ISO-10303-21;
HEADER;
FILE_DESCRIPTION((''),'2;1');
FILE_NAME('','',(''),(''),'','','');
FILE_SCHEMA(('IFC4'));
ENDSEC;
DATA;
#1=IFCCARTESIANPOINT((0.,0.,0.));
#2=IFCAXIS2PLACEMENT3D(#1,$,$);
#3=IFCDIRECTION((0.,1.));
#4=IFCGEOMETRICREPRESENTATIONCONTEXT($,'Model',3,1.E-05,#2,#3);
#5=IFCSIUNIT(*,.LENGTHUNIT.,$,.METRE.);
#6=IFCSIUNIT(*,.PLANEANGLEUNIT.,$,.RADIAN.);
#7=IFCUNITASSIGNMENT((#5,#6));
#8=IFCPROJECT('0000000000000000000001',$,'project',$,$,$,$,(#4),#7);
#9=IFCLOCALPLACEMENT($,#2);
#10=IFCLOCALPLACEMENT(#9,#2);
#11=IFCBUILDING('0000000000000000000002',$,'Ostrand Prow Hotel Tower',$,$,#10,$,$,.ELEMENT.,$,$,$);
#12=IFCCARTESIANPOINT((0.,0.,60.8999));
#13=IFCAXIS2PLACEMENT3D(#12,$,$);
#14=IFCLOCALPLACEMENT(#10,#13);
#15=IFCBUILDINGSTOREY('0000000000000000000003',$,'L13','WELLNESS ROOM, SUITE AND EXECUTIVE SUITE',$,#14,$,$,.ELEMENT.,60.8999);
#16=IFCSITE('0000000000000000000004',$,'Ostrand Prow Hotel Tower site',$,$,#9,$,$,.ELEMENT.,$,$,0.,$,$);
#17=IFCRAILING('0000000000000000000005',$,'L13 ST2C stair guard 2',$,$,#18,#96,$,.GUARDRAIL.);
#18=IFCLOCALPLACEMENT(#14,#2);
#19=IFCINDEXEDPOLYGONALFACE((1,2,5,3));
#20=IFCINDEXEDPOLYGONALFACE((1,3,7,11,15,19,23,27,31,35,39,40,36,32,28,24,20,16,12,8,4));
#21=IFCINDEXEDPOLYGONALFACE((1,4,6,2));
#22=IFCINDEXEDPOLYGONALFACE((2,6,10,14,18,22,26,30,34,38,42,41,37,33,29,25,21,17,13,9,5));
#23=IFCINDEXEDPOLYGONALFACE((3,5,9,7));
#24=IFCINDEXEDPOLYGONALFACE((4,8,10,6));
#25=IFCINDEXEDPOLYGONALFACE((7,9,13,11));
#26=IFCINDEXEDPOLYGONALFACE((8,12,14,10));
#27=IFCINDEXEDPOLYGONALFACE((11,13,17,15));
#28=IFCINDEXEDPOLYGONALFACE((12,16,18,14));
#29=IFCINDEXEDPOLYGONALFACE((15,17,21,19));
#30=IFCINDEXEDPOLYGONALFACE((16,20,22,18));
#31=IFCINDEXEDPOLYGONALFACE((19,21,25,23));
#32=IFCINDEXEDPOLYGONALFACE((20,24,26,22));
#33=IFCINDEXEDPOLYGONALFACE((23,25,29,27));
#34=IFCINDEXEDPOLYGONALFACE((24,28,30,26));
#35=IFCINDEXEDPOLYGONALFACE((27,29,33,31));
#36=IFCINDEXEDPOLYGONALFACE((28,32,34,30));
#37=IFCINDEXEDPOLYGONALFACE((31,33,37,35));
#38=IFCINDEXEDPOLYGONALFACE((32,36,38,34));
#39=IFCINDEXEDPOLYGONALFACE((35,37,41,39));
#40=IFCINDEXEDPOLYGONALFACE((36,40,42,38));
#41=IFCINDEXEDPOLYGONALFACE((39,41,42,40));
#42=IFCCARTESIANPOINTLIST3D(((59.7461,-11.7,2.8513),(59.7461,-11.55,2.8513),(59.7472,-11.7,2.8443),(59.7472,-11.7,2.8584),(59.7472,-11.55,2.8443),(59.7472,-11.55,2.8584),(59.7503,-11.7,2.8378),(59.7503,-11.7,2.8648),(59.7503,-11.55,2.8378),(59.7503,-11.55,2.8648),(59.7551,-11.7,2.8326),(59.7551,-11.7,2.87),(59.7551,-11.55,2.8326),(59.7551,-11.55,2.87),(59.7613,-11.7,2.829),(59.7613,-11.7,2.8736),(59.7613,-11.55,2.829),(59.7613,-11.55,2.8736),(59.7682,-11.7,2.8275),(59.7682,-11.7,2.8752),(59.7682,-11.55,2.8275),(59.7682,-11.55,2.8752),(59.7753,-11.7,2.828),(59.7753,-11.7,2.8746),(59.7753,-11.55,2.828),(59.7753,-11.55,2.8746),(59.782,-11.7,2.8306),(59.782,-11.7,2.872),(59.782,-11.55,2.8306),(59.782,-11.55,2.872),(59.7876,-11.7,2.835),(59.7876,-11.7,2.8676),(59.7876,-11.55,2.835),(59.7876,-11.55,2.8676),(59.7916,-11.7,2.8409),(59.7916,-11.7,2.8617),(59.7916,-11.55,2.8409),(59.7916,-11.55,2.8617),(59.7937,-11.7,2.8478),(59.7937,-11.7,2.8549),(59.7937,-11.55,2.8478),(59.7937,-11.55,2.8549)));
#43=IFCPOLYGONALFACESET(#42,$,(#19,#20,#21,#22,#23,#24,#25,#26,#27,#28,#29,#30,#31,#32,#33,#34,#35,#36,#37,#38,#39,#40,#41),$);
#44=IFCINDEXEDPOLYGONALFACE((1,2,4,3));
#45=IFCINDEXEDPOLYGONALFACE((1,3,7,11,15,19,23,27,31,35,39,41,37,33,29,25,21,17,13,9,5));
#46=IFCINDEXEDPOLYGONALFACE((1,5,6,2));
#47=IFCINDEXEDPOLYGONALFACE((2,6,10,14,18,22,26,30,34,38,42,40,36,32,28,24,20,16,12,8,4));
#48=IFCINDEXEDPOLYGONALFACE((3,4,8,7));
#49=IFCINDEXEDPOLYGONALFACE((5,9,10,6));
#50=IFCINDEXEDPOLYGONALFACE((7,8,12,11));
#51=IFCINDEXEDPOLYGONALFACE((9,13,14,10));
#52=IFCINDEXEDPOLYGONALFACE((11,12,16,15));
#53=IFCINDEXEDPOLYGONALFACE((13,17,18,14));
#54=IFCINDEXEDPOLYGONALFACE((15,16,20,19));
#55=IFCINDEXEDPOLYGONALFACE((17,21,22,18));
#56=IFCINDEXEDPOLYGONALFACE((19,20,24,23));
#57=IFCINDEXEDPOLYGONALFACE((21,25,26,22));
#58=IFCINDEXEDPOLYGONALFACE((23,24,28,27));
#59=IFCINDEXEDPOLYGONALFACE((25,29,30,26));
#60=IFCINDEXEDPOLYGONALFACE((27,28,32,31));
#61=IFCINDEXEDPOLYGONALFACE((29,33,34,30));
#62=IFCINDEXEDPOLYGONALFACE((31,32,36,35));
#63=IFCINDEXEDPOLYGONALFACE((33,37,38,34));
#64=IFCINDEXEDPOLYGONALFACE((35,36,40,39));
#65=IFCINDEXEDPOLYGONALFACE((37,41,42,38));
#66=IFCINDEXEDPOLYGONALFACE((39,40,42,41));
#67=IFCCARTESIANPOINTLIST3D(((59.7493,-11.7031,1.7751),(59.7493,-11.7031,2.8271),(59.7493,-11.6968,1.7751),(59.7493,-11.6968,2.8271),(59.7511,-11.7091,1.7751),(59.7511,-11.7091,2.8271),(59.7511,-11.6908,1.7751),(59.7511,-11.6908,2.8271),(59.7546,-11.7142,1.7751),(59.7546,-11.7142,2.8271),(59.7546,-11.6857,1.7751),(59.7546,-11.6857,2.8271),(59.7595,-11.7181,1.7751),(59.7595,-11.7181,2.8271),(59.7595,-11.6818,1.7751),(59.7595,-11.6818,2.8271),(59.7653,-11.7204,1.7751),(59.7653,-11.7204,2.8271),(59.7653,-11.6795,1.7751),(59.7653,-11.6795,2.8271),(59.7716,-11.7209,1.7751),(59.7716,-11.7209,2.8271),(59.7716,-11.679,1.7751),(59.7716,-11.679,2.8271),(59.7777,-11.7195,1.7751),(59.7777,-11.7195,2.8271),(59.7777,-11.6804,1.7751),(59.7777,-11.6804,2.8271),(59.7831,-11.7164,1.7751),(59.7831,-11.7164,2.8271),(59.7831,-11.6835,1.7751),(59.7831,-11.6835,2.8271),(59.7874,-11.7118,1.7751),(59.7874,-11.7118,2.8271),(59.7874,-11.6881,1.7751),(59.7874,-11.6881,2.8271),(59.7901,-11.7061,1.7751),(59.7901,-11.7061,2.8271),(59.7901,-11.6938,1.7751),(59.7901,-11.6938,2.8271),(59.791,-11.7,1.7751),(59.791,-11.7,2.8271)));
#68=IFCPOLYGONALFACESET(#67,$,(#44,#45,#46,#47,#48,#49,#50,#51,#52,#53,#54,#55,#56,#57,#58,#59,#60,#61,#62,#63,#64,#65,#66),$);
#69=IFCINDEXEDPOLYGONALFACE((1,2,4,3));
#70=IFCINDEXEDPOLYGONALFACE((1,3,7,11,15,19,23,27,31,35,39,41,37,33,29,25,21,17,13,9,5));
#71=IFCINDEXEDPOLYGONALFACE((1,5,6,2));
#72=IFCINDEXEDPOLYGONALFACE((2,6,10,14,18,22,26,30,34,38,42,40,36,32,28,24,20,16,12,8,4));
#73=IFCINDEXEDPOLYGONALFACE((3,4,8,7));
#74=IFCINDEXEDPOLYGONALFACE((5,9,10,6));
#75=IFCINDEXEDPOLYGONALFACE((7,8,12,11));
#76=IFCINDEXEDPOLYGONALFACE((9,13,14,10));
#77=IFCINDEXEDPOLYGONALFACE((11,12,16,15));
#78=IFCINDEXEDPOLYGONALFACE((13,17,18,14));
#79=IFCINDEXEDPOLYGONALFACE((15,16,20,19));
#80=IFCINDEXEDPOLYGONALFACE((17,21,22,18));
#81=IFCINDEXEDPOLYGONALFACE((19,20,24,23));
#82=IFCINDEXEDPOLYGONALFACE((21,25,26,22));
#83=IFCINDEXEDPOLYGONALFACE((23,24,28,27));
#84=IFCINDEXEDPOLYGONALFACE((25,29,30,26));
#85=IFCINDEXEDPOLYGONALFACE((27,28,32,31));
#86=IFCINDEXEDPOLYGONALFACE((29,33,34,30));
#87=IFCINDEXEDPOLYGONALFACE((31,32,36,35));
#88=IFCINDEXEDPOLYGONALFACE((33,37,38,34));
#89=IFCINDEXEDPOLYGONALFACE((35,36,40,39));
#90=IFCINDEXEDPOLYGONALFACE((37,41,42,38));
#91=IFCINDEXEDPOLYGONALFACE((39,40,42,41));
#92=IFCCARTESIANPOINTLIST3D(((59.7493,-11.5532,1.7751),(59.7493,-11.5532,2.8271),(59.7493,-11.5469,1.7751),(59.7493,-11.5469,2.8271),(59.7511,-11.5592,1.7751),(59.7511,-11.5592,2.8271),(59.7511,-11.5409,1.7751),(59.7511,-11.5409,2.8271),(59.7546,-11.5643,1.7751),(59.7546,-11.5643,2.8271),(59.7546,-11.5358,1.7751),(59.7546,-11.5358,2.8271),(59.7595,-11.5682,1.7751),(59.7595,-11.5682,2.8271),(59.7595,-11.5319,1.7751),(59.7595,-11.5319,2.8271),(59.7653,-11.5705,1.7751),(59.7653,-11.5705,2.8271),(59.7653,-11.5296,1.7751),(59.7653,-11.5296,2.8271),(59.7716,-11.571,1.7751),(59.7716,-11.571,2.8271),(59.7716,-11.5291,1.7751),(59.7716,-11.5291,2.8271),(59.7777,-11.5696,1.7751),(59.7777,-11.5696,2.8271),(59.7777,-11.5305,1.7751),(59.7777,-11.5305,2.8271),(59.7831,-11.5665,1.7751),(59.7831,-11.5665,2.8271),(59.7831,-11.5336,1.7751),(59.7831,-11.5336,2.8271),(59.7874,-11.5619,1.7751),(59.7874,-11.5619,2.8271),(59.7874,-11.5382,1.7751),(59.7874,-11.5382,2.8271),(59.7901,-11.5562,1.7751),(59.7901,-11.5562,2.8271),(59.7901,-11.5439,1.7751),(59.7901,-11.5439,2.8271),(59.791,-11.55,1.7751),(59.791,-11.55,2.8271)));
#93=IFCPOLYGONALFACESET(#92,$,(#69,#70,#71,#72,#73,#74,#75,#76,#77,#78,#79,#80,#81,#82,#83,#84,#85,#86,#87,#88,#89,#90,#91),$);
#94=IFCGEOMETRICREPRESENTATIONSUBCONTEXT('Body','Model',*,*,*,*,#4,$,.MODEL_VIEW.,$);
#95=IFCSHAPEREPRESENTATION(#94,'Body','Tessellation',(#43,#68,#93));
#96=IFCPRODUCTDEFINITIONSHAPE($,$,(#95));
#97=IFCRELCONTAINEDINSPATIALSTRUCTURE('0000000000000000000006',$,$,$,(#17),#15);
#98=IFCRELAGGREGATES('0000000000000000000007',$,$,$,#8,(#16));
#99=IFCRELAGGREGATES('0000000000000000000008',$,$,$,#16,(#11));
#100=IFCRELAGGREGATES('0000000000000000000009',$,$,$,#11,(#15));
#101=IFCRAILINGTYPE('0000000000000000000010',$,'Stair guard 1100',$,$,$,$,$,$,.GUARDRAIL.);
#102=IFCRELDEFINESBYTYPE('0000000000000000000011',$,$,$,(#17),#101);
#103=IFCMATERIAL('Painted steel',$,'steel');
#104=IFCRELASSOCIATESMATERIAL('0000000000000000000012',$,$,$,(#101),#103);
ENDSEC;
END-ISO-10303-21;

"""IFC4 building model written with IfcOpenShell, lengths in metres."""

from ifc_helpers import new_model, si_unit, direction, frame, origin, origin_2d, place, context, subcontext, project, spatial, circle, extrude, material, type_object, element, save


model = new_model("IFC4")

# Units and contexts
model_context = context("Model", 3, precision=1e-05, world=origin(), true_north=direction((0.0, 1.0)))
body_context = subcontext(model_context, "Body", "Model", "MODEL_VIEW")
ifc_project = project(units=[si_unit("LENGTHUNIT", "METRE"), si_unit("PLANEANGLEUNIT", "RADIAN")], contexts=[model_context])

# Site, building, storey
site_placement = place(None, origin())
site = spatial("IfcSite", under=ifc_project, at=site_placement, Name="Ostrand Prow Hotel Tower site", CompositionType="ELEMENT", RefElevation=0.0)
building_placement = place(site_placement, origin())
building = spatial("IfcBuilding", under=site, at=building_placement, Name="Ostrand Prow Hotel Tower", CompositionType="ELEMENT")
storey_placement = place(building_placement, frame((0.0, 0.0, 60.8999)))
storey = spatial("IfcBuildingStorey", under=building, at=storey_placement, Name="L13", Description="WELLNESS ROOM, SUITE AND EXECUTIVE SUITE", CompositionType="ELEMENT", Elevation=60.8999)

# Railing
ifc_material_1 = material(Name="Painted steel", Category="steel")
railing_type_1 = type_object("IfcRailingType", Name="Stair guard 1100", PredefinedType="GUARDRAIL", material=ifc_material_1)
railing_1_placement = place(storey_placement, frame((59.77, -11.7, 1.7751)))
element("IfcRailing", 1, at=railing_1_placement, inside=storey, type_object=railing_type_1, Name="L13 ST2C stair guard 2", PredefinedType="GUARDRAIL", context=body_context, shape_type="SweptSolid", body=[
    extrude(circle(Radius=0.0239, at=origin_2d()), frame((0.0, 0.0, 1.0762), z_axis=(0.0, 1.0, 0.0), x_axis=(-1.0, 0.0, 0.0)), (0.0, 0.0, 1.0), 0.1499),
    extrude(circle(Radius=0.021, at=origin_2d()), origin(), (0.0, 0.0, 1.0), 1.052),
    extrude(circle(Radius=0.021, at=origin_2d()), frame((0.0, 0.1499, 0.0)), (0.0, 0.0, 1.0), 1.052),
])

save(model, "model.ifc")
